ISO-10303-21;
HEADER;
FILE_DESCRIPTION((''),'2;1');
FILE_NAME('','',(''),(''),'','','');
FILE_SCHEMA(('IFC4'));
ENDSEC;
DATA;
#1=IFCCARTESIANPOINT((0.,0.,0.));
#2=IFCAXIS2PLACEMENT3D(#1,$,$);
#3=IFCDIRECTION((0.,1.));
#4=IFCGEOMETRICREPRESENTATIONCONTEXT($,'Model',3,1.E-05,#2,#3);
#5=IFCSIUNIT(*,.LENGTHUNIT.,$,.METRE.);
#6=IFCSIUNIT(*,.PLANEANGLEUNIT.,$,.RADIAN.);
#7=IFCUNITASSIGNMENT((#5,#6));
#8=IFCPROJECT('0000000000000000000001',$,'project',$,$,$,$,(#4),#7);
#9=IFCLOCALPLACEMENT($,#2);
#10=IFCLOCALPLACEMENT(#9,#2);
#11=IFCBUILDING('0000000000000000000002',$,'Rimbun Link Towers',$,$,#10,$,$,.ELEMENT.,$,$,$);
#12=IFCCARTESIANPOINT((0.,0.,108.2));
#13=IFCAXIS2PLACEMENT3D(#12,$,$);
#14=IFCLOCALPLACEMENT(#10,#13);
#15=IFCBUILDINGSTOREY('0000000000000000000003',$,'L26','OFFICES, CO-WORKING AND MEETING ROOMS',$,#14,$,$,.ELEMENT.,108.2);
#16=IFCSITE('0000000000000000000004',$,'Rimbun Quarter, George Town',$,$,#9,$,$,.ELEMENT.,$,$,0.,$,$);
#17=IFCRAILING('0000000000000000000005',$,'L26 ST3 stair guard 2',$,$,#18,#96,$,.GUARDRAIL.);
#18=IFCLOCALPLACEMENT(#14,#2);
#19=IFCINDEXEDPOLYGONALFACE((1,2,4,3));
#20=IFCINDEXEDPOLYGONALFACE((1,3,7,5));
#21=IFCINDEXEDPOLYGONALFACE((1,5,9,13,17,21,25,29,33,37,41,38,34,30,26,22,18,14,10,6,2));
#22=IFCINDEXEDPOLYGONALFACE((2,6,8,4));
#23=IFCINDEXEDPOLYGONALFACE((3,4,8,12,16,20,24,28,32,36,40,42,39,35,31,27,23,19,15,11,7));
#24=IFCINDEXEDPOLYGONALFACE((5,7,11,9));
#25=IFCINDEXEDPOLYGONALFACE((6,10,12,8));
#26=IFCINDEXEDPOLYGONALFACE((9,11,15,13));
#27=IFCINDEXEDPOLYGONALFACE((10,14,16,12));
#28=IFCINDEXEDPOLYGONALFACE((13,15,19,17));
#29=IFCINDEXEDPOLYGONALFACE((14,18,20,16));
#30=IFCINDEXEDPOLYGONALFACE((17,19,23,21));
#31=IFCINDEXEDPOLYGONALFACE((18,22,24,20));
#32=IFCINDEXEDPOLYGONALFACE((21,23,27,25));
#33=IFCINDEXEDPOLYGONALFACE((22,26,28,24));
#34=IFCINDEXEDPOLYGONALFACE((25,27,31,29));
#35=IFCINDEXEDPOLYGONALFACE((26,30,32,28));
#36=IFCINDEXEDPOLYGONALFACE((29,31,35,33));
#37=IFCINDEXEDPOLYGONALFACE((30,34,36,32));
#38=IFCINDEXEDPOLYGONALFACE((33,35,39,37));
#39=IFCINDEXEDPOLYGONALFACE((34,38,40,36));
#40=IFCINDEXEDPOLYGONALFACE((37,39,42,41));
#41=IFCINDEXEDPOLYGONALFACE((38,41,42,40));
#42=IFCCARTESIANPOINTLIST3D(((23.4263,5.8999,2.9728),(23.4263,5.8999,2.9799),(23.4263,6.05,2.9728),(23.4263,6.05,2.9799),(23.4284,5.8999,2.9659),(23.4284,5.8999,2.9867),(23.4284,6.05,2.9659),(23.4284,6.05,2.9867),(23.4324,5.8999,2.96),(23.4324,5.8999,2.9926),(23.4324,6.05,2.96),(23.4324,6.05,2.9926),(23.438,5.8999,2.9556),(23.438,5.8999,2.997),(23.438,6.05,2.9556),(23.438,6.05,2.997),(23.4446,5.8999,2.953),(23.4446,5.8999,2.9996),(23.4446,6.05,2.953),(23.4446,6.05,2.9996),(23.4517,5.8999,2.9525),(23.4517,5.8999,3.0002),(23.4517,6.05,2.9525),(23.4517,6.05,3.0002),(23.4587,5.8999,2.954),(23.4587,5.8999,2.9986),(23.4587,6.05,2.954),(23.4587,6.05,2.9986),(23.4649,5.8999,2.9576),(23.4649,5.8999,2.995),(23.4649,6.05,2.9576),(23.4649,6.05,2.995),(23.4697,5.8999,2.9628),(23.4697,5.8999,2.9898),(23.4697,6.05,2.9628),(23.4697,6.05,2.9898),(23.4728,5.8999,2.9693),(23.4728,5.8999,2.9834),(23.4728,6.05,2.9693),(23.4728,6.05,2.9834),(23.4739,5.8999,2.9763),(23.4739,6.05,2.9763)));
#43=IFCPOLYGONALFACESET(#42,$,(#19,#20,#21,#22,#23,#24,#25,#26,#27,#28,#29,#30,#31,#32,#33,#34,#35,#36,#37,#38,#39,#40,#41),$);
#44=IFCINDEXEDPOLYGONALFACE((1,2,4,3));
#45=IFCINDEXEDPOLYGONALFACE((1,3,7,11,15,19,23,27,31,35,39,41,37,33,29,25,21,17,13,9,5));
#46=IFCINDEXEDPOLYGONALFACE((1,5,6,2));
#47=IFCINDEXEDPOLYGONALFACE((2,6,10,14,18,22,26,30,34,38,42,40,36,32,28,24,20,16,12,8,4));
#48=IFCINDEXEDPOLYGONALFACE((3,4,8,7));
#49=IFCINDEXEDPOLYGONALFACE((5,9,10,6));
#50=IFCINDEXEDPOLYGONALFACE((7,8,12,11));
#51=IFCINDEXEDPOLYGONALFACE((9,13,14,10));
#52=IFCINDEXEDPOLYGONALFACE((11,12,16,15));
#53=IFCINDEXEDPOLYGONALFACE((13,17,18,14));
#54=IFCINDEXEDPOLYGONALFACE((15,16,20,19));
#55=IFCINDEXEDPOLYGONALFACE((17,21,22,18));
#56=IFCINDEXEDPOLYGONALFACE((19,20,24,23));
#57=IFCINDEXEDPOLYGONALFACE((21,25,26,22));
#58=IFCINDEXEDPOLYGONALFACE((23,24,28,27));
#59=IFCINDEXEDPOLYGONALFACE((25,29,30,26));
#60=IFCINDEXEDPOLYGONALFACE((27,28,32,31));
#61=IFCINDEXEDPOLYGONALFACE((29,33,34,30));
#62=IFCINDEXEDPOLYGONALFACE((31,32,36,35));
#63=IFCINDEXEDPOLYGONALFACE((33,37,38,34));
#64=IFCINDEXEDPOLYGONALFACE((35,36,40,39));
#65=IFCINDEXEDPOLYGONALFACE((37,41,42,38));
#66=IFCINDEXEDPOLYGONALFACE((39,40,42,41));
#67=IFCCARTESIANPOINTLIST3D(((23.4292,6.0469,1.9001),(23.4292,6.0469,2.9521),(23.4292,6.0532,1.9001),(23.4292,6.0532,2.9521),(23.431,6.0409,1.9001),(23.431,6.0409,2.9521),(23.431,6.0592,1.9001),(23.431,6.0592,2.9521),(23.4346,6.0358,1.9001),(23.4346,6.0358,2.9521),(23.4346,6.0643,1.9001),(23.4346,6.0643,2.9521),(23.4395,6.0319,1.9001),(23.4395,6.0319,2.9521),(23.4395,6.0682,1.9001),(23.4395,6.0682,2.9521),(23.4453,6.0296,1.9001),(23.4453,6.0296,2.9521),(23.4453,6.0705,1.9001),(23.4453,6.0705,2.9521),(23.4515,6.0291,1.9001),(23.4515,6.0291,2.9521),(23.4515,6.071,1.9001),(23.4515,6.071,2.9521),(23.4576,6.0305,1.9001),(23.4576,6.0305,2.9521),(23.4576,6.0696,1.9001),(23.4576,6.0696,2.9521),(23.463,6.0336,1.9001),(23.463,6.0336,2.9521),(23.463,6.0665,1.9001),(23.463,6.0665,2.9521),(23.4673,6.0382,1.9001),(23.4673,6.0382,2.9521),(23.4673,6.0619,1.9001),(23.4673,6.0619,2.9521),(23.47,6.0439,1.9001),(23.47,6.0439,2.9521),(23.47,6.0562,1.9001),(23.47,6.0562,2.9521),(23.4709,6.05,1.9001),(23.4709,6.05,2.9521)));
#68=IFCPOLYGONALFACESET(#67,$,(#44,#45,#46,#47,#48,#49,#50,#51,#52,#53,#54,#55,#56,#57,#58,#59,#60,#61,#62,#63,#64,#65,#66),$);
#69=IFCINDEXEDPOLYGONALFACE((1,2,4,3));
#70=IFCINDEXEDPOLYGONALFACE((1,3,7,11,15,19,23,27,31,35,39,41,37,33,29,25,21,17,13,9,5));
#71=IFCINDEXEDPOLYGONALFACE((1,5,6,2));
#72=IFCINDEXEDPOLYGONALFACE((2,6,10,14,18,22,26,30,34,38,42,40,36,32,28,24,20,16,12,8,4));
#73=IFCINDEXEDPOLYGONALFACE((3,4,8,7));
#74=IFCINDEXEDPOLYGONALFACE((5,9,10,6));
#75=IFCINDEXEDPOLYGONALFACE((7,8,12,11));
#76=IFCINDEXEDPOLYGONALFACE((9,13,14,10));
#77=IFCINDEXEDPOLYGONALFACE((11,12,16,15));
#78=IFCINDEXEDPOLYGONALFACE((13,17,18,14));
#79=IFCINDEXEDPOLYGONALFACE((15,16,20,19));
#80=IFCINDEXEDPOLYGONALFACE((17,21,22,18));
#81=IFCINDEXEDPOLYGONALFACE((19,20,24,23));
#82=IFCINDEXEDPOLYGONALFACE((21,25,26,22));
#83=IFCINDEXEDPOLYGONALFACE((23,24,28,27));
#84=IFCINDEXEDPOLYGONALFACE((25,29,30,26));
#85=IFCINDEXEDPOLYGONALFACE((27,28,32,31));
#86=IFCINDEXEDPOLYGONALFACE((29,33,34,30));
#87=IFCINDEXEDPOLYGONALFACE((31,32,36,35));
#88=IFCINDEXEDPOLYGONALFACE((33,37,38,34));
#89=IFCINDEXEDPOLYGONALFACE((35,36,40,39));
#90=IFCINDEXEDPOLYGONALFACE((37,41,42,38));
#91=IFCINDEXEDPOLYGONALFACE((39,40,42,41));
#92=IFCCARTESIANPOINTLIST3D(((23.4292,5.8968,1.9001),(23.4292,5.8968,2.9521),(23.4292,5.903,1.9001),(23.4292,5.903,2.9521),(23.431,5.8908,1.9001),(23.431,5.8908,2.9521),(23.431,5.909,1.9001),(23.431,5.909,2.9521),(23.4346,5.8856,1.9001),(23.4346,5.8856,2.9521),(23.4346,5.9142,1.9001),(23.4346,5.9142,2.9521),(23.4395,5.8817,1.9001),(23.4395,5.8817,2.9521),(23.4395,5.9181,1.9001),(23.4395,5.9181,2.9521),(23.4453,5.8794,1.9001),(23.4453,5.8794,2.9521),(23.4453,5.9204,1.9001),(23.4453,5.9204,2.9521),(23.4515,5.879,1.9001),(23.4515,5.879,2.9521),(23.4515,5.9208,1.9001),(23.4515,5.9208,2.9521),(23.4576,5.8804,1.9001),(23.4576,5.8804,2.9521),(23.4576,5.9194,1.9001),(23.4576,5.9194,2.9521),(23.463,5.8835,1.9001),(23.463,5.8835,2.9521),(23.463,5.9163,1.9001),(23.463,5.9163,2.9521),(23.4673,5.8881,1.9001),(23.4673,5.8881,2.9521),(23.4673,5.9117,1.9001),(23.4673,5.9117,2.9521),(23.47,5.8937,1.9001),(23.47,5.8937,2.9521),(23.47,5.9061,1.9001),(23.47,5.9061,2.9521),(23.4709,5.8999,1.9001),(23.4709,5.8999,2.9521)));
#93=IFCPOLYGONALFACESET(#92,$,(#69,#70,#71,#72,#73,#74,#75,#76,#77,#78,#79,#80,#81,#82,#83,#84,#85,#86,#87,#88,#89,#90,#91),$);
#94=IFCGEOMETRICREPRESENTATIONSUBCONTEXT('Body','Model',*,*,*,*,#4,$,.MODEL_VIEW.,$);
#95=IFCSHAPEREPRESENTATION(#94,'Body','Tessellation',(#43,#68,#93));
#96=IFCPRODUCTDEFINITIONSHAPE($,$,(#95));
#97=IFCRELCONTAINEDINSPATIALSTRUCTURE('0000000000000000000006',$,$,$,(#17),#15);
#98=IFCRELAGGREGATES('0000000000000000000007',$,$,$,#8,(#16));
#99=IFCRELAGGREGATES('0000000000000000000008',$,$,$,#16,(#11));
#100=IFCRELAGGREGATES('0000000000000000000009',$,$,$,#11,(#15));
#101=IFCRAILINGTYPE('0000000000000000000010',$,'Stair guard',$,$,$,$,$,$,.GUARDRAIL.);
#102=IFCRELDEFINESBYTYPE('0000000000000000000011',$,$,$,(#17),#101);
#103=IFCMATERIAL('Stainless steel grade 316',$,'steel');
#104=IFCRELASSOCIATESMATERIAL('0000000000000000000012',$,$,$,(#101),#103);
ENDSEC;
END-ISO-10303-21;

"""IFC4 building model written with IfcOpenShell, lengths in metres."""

from ifc_helpers import new_model, si_unit, direction, frame, origin, origin_2d, place, context, subcontext, project, spatial, circle, extrude, material, type_object, element, save


model = new_model("IFC4")

# Units and contexts
model_context = context("Model", 3, precision=1e-05, world=origin(), true_north=direction((0.0, 1.0)))
body_context = subcontext(model_context, "Body", "Model", "MODEL_VIEW")
ifc_project = project(units=[si_unit("LENGTHUNIT", "METRE"), si_unit("PLANEANGLEUNIT", "RADIAN")], contexts=[model_context])

# Site, building, storey
site_placement = place(None, origin())
site = spatial("IfcSite", under=ifc_project, at=site_placement, Name="Rimbun Quarter, George Town", CompositionType="ELEMENT", RefElevation=0.0)
building_placement = place(site_placement, origin())
building = spatial("IfcBuilding", under=site, at=building_placement, Name="Rimbun Link Towers", CompositionType="ELEMENT")
storey_placement = place(building_placement, frame((0.0, 0.0, 108.2)))
storey = spatial("IfcBuildingStorey", under=building, at=storey_placement, Name="L26", Description="OFFICES, CO-WORKING AND MEETING ROOMS", CompositionType="ELEMENT", Elevation=108.2)

# Railing
ifc_material_1 = material(Name="Stainless steel grade 316", Category="steel")
railing_type_1 = type_object("IfcRailingType", Name="Stair guard", PredefinedType="GUARDRAIL", material=ifc_material_1)
railing_1_placement = place(storey_placement, frame((23.45, 6.05, 1.9001)))
element("IfcRailing", 1, at=railing_1_placement, inside=storey, type_object=railing_type_1, Name="L26 ST3 stair guard 2", PredefinedType="GUARDRAIL", context=body_context, shape_type="SweptSolid", body=[
    extrude(circle(Radius=0.0239, at=origin_2d()), frame((0.0, 0.0, 1.0762), z_axis=(0.0, -1.0, 0.0), x_axis=(1.0, 0.0, 0.0)), (0.0, 0.0, 1.0), 0.1501),
    extrude(circle(Radius=0.021, at=origin_2d()), origin(), (0.0, 0.0, 1.0), 1.052),
    extrude(circle(Radius=0.021, at=origin_2d()), frame((0.0, -0.1501, 0.0)), (0.0, 0.0, 1.0), 1.052),
])

save(model, "model.ifc")
